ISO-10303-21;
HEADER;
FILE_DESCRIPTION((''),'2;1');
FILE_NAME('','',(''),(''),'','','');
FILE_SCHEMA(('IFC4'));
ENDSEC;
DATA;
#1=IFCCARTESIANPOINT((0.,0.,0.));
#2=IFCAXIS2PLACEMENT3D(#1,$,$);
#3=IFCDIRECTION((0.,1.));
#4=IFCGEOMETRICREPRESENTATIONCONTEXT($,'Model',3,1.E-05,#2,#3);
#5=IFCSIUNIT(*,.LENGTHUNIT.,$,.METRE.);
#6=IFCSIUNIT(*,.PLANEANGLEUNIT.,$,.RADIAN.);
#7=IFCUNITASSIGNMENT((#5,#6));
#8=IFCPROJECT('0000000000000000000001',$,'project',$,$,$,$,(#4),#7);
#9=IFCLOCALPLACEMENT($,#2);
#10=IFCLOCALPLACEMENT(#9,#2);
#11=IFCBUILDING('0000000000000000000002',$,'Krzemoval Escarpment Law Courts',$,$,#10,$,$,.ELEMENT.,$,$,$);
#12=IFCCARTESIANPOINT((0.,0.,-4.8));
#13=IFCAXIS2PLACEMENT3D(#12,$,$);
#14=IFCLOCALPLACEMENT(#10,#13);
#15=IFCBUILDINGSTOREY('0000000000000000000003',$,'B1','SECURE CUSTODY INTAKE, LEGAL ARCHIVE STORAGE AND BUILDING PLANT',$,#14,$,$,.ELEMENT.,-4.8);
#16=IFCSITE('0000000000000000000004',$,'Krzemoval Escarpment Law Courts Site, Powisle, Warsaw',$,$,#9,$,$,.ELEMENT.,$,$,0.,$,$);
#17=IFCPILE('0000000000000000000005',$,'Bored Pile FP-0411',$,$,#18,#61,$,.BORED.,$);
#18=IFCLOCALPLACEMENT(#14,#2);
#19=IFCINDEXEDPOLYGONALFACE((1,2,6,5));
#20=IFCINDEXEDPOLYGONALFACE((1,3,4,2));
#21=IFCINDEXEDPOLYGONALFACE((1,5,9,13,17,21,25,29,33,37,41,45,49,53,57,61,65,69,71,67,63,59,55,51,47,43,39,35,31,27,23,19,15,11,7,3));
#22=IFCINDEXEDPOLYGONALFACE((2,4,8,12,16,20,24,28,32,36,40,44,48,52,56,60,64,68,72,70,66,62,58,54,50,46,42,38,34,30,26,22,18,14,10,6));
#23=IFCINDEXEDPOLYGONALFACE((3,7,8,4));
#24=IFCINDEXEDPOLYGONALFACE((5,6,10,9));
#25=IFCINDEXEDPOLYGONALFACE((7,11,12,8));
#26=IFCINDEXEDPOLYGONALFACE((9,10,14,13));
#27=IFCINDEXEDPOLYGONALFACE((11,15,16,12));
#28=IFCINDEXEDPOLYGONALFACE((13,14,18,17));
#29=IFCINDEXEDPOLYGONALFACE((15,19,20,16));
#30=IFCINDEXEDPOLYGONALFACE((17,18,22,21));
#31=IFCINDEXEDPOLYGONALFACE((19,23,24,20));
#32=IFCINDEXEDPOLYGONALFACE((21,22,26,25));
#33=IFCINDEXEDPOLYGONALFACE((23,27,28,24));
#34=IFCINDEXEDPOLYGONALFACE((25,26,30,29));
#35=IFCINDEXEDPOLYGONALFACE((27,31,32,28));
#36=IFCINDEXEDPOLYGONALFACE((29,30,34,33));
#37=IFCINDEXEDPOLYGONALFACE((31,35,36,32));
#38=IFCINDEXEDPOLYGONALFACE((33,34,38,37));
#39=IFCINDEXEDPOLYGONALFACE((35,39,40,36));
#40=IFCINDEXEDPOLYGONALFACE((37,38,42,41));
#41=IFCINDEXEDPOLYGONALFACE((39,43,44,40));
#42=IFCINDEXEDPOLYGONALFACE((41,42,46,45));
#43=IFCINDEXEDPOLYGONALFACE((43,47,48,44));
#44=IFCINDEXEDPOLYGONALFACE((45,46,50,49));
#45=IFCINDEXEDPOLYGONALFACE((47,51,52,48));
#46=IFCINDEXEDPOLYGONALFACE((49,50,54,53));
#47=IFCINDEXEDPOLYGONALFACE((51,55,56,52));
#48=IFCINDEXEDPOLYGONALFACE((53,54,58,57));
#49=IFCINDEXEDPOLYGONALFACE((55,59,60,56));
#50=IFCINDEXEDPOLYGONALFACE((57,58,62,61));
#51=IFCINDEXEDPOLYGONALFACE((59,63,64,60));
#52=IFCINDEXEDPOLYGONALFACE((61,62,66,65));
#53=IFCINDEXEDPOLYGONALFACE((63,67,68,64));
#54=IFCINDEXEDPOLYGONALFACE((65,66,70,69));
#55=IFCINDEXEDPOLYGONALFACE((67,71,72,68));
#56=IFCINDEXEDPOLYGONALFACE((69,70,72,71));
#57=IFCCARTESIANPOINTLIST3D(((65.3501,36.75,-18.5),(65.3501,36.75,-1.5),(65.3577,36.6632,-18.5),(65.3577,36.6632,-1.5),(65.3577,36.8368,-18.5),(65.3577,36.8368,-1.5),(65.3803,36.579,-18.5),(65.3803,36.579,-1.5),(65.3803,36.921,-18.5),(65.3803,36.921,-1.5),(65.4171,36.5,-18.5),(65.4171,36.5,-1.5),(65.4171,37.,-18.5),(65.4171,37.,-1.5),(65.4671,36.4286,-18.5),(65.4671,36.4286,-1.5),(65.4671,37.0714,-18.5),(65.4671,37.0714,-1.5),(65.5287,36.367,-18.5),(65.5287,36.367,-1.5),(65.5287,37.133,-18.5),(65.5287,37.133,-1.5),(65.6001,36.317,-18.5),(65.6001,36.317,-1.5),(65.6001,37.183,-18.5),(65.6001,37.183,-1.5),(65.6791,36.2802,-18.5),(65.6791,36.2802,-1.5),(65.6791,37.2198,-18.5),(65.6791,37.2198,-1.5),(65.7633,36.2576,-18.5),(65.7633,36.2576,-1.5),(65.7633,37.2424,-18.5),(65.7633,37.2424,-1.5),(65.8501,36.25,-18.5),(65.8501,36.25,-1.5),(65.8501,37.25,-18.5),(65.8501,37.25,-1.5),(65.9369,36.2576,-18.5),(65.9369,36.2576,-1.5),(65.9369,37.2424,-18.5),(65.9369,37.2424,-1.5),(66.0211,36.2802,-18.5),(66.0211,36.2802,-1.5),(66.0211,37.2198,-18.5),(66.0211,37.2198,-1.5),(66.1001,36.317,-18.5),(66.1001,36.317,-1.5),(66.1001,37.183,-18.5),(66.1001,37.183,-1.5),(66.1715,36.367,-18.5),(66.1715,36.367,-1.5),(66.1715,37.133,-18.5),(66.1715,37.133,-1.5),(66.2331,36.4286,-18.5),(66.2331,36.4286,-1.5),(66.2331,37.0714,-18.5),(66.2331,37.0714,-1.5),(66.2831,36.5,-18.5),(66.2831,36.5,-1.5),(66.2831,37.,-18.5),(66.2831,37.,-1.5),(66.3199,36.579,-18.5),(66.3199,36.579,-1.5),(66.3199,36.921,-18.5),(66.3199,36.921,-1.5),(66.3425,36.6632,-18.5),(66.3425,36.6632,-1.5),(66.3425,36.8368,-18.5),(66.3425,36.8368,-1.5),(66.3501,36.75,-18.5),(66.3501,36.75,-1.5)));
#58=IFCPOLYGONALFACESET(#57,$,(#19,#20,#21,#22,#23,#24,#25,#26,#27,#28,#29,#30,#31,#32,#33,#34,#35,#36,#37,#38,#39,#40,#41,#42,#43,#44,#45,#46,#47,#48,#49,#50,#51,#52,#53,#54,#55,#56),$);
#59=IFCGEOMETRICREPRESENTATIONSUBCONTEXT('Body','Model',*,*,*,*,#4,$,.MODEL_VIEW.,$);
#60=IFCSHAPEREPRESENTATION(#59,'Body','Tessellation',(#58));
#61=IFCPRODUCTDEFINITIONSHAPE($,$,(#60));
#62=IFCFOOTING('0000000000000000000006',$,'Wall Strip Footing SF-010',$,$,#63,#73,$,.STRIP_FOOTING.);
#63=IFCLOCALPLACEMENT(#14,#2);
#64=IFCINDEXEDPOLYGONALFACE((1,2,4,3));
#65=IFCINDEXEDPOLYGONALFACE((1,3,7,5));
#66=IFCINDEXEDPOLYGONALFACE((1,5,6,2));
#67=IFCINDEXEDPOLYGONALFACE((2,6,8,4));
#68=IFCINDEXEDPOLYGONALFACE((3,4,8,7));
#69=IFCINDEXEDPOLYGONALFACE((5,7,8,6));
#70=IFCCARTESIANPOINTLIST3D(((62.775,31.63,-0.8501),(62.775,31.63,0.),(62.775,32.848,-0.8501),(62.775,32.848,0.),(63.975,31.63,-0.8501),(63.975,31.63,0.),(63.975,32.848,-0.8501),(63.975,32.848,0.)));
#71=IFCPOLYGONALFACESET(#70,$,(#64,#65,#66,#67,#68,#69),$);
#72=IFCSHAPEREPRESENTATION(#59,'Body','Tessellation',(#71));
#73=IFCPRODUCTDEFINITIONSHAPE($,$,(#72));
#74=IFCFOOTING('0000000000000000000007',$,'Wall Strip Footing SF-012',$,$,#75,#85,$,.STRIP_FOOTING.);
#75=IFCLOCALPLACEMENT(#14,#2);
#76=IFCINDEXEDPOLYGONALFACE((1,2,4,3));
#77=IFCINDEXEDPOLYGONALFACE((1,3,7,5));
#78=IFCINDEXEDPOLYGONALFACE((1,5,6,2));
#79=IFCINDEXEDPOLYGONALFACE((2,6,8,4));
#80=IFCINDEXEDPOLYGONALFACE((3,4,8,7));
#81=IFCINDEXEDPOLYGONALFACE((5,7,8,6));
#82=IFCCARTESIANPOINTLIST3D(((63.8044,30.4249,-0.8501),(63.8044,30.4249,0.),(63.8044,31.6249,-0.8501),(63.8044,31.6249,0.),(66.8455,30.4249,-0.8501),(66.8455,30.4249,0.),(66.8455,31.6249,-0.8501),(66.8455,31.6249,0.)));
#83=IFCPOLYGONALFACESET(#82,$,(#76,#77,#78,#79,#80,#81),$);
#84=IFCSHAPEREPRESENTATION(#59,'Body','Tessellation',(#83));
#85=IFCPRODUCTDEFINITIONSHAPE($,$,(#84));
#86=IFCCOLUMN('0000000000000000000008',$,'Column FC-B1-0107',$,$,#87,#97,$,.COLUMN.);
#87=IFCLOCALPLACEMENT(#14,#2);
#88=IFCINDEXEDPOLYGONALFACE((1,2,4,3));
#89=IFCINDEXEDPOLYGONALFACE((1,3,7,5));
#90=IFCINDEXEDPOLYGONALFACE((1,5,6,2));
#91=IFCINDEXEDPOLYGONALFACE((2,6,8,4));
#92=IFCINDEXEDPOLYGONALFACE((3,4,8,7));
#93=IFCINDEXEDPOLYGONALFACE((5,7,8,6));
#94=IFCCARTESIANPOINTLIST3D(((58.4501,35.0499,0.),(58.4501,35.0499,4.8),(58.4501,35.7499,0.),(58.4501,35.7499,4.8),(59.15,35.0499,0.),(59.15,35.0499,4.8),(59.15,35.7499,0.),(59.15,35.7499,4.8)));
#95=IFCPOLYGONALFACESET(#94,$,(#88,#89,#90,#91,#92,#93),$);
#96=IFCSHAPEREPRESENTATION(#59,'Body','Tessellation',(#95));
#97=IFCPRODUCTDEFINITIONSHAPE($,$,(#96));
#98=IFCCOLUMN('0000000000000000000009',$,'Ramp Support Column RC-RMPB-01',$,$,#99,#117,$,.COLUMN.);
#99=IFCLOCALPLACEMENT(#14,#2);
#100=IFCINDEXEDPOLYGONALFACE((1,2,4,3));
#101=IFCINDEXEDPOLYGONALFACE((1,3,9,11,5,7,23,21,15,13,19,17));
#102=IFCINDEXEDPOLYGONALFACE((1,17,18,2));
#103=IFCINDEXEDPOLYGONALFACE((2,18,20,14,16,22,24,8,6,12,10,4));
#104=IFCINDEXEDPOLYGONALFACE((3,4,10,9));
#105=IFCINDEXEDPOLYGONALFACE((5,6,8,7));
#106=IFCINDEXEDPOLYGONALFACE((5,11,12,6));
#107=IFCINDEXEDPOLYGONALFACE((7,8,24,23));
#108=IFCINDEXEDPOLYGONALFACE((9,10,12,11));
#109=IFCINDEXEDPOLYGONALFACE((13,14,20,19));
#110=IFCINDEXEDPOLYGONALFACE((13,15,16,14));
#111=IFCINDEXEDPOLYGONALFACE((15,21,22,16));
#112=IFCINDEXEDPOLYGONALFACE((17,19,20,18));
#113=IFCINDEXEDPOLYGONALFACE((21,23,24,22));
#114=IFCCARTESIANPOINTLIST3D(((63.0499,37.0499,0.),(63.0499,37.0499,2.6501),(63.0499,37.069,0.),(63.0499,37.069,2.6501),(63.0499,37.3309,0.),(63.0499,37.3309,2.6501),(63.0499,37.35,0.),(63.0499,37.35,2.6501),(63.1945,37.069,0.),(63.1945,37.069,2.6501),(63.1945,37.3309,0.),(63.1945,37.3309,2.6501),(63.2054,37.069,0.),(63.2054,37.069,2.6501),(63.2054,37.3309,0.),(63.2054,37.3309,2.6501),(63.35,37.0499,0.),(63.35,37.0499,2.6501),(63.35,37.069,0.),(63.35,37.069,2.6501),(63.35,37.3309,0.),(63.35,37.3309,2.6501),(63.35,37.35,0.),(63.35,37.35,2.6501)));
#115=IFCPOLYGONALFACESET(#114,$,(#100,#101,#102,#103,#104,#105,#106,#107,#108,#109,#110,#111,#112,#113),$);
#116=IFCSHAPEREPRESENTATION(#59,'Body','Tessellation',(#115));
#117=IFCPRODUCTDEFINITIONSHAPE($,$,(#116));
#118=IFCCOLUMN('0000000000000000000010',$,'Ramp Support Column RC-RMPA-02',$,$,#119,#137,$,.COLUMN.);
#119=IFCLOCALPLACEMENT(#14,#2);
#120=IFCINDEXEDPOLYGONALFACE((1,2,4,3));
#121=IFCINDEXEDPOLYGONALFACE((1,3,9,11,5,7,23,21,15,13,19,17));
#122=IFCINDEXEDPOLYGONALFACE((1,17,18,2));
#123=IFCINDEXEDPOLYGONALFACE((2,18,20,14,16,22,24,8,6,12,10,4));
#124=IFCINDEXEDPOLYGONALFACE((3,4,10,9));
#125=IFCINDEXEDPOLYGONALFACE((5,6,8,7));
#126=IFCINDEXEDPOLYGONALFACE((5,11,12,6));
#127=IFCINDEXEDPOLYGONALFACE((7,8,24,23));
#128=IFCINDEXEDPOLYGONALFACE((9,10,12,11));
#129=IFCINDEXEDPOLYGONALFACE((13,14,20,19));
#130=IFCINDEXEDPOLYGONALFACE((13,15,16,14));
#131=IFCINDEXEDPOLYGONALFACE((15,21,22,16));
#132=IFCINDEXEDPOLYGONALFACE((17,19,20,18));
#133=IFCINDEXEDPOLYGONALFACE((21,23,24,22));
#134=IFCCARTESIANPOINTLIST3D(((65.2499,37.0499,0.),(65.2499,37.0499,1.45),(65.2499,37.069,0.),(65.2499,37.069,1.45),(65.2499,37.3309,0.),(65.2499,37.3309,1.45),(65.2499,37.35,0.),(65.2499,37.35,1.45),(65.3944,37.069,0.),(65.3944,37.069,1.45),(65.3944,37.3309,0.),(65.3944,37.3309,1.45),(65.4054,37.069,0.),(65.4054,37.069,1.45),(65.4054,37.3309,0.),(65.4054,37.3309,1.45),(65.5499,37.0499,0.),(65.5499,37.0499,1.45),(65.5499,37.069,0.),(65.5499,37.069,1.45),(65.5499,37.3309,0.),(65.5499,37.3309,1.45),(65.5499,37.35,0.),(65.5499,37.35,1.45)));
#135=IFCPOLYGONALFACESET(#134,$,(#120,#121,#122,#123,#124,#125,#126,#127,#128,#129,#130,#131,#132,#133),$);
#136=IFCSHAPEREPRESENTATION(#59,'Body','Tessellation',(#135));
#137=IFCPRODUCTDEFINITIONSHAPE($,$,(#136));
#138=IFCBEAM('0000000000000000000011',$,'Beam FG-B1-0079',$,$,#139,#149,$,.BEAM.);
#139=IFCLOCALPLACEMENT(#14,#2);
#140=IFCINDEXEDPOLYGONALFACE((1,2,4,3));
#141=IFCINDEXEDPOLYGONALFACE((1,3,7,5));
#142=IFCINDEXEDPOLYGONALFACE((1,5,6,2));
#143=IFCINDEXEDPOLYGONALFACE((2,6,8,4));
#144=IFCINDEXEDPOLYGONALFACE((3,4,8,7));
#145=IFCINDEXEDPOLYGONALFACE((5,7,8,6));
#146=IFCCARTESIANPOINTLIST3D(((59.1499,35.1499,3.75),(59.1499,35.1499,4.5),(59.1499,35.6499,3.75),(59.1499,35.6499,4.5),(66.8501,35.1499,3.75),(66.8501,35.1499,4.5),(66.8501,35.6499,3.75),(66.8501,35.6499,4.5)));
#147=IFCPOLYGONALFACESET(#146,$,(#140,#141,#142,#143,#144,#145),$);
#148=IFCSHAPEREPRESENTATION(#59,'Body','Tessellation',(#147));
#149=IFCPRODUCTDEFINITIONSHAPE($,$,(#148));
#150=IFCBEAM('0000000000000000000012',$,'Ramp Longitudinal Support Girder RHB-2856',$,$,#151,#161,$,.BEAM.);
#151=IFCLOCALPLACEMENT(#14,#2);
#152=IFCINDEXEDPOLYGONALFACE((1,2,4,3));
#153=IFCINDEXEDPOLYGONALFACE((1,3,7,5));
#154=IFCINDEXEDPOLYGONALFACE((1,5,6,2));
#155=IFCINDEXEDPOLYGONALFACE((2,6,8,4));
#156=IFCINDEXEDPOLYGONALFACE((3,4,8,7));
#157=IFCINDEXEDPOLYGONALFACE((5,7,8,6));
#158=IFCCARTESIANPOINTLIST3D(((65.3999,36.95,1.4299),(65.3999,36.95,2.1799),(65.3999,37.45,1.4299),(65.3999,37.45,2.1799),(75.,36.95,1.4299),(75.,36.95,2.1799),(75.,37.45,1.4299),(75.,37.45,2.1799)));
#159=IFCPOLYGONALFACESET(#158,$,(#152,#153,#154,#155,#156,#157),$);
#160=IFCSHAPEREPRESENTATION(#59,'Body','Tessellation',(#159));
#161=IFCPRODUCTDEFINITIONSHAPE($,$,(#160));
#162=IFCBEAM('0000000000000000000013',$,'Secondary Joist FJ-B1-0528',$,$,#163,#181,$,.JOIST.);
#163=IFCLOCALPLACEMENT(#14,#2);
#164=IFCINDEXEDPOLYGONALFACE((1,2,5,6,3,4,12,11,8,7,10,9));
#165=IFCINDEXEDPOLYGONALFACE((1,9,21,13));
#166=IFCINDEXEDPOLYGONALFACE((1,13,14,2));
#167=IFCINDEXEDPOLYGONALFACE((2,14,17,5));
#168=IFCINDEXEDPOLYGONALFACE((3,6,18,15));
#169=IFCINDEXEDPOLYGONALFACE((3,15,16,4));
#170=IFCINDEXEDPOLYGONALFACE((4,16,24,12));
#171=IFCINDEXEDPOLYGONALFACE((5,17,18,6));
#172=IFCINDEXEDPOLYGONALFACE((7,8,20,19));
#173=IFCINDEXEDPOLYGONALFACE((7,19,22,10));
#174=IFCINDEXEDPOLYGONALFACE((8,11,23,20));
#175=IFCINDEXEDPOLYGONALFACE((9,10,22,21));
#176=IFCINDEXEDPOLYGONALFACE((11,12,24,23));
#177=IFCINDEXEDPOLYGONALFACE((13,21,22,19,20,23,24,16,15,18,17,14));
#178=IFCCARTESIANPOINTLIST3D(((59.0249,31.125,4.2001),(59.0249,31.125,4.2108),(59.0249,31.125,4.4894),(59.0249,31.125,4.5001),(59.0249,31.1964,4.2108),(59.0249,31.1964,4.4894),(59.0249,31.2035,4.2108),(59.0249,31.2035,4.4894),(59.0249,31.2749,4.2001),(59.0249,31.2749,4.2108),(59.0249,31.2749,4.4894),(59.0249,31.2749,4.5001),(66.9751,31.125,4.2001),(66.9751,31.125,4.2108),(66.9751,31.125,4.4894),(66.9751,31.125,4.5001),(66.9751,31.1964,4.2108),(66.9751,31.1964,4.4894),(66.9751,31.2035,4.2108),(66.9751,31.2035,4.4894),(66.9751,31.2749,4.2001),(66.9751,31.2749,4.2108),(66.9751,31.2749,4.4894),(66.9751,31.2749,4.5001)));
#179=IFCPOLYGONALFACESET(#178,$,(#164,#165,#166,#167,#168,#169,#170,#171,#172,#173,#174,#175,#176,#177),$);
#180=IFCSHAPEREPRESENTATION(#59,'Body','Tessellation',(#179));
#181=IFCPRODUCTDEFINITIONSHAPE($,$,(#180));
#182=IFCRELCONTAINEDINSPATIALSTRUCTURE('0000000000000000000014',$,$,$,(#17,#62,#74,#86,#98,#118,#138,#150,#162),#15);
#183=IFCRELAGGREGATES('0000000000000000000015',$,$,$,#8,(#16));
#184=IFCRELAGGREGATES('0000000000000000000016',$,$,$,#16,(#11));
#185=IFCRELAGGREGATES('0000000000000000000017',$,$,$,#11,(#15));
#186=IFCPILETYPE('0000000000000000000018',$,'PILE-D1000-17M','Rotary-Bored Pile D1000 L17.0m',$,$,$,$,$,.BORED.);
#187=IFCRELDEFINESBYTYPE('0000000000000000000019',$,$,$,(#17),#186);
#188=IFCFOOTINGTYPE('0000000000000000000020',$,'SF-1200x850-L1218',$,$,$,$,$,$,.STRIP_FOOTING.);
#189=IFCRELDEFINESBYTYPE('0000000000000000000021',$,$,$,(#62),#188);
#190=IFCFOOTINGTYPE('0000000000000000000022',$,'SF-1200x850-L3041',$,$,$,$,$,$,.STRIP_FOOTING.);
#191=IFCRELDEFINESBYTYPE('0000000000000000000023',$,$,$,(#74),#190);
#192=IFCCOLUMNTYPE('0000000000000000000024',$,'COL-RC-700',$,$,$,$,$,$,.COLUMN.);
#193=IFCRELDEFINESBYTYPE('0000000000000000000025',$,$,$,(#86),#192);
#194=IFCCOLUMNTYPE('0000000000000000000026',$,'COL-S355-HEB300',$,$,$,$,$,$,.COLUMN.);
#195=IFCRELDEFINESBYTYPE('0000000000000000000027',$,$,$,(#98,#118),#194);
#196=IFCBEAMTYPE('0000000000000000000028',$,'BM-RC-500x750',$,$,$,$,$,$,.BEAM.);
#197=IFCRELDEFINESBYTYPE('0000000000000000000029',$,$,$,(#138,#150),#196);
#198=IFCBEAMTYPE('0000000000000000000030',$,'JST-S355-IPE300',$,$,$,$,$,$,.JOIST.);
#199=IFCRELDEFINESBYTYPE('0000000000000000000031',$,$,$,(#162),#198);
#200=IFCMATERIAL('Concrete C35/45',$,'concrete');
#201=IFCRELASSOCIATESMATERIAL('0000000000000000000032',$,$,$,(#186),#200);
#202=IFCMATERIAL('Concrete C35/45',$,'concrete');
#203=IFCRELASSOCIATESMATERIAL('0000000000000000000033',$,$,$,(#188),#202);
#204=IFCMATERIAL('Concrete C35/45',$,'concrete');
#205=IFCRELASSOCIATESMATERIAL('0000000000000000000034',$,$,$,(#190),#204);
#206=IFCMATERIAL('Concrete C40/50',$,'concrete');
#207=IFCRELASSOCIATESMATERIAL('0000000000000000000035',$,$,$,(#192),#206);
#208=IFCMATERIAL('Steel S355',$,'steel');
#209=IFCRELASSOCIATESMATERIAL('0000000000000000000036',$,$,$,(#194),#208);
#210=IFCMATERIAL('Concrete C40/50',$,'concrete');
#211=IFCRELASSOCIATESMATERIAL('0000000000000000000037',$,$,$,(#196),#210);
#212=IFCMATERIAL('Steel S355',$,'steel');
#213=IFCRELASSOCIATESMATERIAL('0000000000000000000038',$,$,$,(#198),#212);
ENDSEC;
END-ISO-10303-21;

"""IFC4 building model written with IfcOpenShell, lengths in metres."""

from ifc_helpers import new_model, si_unit, direction, frame, origin, origin_2d, place, context, subcontext, project, spatial, rectangle, circle, i_section, extrude, material, material_profile, profile_set, type_object, element, save


model = new_model("IFC4")

# Units and contexts
model_context = context("Model", 3, precision=1e-05, world=origin(), true_north=direction((0.0, 1.0)))
body_context = subcontext(model_context, "Body", "Model", "MODEL_VIEW")
ifc_project = project(units=[si_unit("LENGTHUNIT", "METRE"), si_unit("PLANEANGLEUNIT", "RADIAN")], contexts=[model_context])

# Site, building, storey
site_placement = place(None, origin())
site = spatial("IfcSite", under=ifc_project, at=site_placement, Name="Krzemoval Escarpment Law Courts Site, Powisle, Warsaw", CompositionType="ELEMENT", RefElevation=0.0)
building_placement = place(site_placement, origin())
building = spatial("IfcBuilding", under=site, at=building_placement, Name="Krzemoval Escarpment Law Courts", CompositionType="ELEMENT")
storey_placement = place(building_placement, frame((0.0, 0.0, -4.8)))
storey = spatial("IfcBuildingStorey", under=building, at=storey_placement, Name="B1", Description="SECURE CUSTODY INTAKE, LEGAL ARCHIVE STORAGE AND BUILDING PLANT", CompositionType="ELEMENT", Elevation=-4.8)

# Pile
ifc_material_1 = material(Name="Concrete C35/45", Category="concrete")
ifc_material_profile_1 = material_profile(ifc_material_1, circle(Radius=0.5, at=origin_2d()), Name="PILE D1000")
ifc_profile_set_1 = profile_set([ifc_material_profile_1], Name="Concrete C35/45")
pile_type = type_object("IfcPileType", Name="PILE-D1000-17M", Description="Rotary-Bored Pile D1000 L17.0m", PredefinedType="BORED", material=ifc_profile_set_1)
for number, where, z_axis, x_axis, name in (
    (1, (65.8501, 36.75, -1.5), (0.0, 0.0, -1.0), (1.0, 0.0, 0.0), "Bored Pile FP-0411"),
):
    element("IfcPile", number, at=place(storey_placement, frame(where, z_axis=z_axis, x_axis=x_axis)), inside=storey, type_object=pile_type, Name=name, PredefinedType="BORED", context=body_context, shape_type="SweptSolid", body=[
        extrude(circle(Radius=0.5, at=origin_2d()), origin(), (0.0, 0.0, 1.0), 17.0),
    ])

# Footings
ifc_material_2 = material(Name="Concrete C35/45", Category="concrete")
footing_type_1 = type_object("IfcFootingType", Name="SF-1200x850-L1218", PredefinedType="STRIP_FOOTING", material=ifc_material_2)
footing_1_placement = place(storey_placement, frame((63.375, 32.239, -0.8501), z_axis=(0.0, 0.0, 1.0), x_axis=(0.0, 1.0, 0.0)))
element("IfcFooting", 2, at=footing_1_placement, inside=storey, type_object=footing_type_1, Name="Wall Strip Footing SF-010", PredefinedType="STRIP_FOOTING", context=body_context, shape_type="SweptSolid", body=[
    extrude(rectangle(XDim=1.218, YDim=1.2, at=origin_2d()), origin(), (0.0, 0.0, 1.0), 0.8501),
])
ifc_material_3 = material(Name="Concrete C35/45", Category="concrete")
footing_type_2 = type_object("IfcFootingType", Name="SF-1200x850-L3041", PredefinedType="STRIP_FOOTING", material=ifc_material_3)
footing_2_placement = place(storey_placement, frame((65.325, 31.0249, -0.8501), z_axis=(0.0, 0.0, 1.0), x_axis=(1.0, 0.0, 0.0)))
element("IfcFooting", 3, at=footing_2_placement, inside=storey, type_object=footing_type_2, Name="Wall Strip Footing SF-012", PredefinedType="STRIP_FOOTING", context=body_context, shape_type="SweptSolid", body=[
    extrude(rectangle(XDim=3.041, YDim=1.2, at=origin_2d()), origin(), (0.0, 0.0, 1.0), 0.8501),
])

# Columns
ifc_material_4 = material(Name="Concrete C40/50", Category="concrete")
ifc_material_profile_2 = material_profile(ifc_material_4, rectangle(XDim=0.7, YDim=0.7, at=origin_2d()), Name="RC 700x700")
ifc_profile_set_2 = profile_set([ifc_material_profile_2], Name="Concrete C40/50")
column_type_1 = type_object("IfcColumnType", Name="COL-RC-700", PredefinedType="COLUMN", material=ifc_profile_set_2)
column_1_placement = place(storey_placement, frame((58.8, 35.3999, 0.0), z_axis=(0.0, 0.0, 1.0), x_axis=(1.0, 0.0, 0.0)))
element("IfcColumn", 4, at=column_1_placement, inside=storey, type_object=column_type_1, Name="Column FC-B1-0107", PredefinedType="COLUMN", context=body_context, shape_type="SweptSolid", body=[
    extrude(rectangle(XDim=0.7, YDim=0.7, at=origin_2d()), origin(), (0.0, 0.0, 1.0), 4.8),
])
ifc_material_5 = material(Name="Steel S355", Category="steel")
ifc_material_profile_3 = material_profile(ifc_material_5, i_section(OverallWidth=0.3, OverallDepth=0.3, WebThickness=0.011, FlangeThickness=0.019, at=origin_2d()), Name="HEB 300")
ifc_profile_set_3 = profile_set([ifc_material_profile_3], Name="Steel S355")
column_type_2 = type_object("IfcColumnType", Name="COL-S355-HEB300", PredefinedType="COLUMN", material=ifc_profile_set_3)
column_2_placement = place(storey_placement, frame((63.2, 37.2, 0.0), z_axis=(0.0, 0.0, 1.0), x_axis=(1.0, 0.0, 0.0)))
element("IfcColumn", 5, at=column_2_placement, inside=storey, type_object=column_type_2, Name="Ramp Support Column RC-RMPB-01", PredefinedType="COLUMN", context=body_context, shape_type="SweptSolid", body=[
    extrude(i_section(OverallWidth=0.3, OverallDepth=0.3, WebThickness=0.011, FlangeThickness=0.019, at=origin_2d()), origin(), (0.0, 0.0, 1.0), 2.6501),
])
column_3_placement = place(storey_placement, frame((65.3999, 37.2, 0.0), z_axis=(0.0, 0.0, 1.0), x_axis=(1.0, 0.0, 0.0)))
element("IfcColumn", 6, at=column_3_placement, inside=storey, type_object=column_type_2, Name="Ramp Support Column RC-RMPA-02", PredefinedType="COLUMN", context=body_context, shape_type="SweptSolid", body=[
    extrude(i_section(OverallWidth=0.3, OverallDepth=0.3, WebThickness=0.011, FlangeThickness=0.019, at=origin_2d()), origin(), (0.0, 0.0, 1.0), 1.45),
])

# Beams
ifc_material_6 = material(Name="Concrete C40/50", Category="concrete")
ifc_material_profile_4 = material_profile(ifc_material_6, rectangle(XDim=0.5, YDim=0.75, at=origin_2d()), Name="RCB 500x750")
ifc_profile_set_4 = profile_set([ifc_material_profile_4], Name="Concrete C40/50")
beam_type_1 = type_object("IfcBeamType", Name="BM-RC-500x750", PredefinedType="BEAM", material=ifc_profile_set_4)
beam_1_placement = place(storey_placement, frame((59.1499, 35.3999, 4.125), z_axis=(1.0, 0.0, 0.0), x_axis=(0.0, 1.0, 0.0)))
element("IfcBeam", 7, at=beam_1_placement, inside=storey, type_object=beam_type_1, Name="Beam FG-B1-0079", PredefinedType="BEAM", context=body_context, shape_type="SweptSolid", body=[
    extrude(rectangle(XDim=0.5, YDim=0.75, at=origin_2d()), origin(), (0.0, 0.0, 1.0), 7.7002),
])
beam_2_placement = place(storey_placement, frame((65.3999, 37.2, 1.8049), z_axis=(1.0, 0.0, 0.0), x_axis=(0.0, 1.0, 0.0)))
element("IfcBeam", 8, at=beam_2_placement, inside=storey, type_object=beam_type_1, Name="Ramp Longitudinal Support Girder RHB-2856", PredefinedType="BEAM", context=body_context, shape_type="SweptSolid", body=[
    extrude(rectangle(XDim=0.5, YDim=0.75, at=origin_2d()), origin(), (0.0, 0.0, 1.0), 9.6001),
])
ifc_material_7 = material(Name="Steel S355", Category="steel")
ifc_material_profile_5 = material_profile(ifc_material_7, i_section(OverallWidth=0.1499, OverallDepth=0.3, WebThickness=0.0071, FlangeThickness=0.0107, at=origin_2d()), Name="IPE 300")
ifc_profile_set_5 = profile_set([ifc_material_profile_5], Name="Steel S355")
beam_type_2 = type_object("IfcBeamType", Name="JST-S355-IPE300", PredefinedType="JOIST", material=ifc_profile_set_5)
beam_3_placement = place(storey_placement, frame((59.0249, 31.2, 4.3501), z_axis=(1.0, 0.0, 0.0), x_axis=(0.0, 1.0, 0.0)))
element("IfcBeam", 9, at=beam_3_placement, inside=storey, type_object=beam_type_2, Name="Secondary Joist FJ-B1-0528", PredefinedType="JOIST", context=body_context, shape_type="SweptSolid", body=[
    extrude(i_section(OverallWidth=0.1499, OverallDepth=0.3, WebThickness=0.0071, FlangeThickness=0.0107, at=origin_2d()), origin(), (0.0, 0.0, 1.0), 7.9502),
])

save(model, "model.ifc")
